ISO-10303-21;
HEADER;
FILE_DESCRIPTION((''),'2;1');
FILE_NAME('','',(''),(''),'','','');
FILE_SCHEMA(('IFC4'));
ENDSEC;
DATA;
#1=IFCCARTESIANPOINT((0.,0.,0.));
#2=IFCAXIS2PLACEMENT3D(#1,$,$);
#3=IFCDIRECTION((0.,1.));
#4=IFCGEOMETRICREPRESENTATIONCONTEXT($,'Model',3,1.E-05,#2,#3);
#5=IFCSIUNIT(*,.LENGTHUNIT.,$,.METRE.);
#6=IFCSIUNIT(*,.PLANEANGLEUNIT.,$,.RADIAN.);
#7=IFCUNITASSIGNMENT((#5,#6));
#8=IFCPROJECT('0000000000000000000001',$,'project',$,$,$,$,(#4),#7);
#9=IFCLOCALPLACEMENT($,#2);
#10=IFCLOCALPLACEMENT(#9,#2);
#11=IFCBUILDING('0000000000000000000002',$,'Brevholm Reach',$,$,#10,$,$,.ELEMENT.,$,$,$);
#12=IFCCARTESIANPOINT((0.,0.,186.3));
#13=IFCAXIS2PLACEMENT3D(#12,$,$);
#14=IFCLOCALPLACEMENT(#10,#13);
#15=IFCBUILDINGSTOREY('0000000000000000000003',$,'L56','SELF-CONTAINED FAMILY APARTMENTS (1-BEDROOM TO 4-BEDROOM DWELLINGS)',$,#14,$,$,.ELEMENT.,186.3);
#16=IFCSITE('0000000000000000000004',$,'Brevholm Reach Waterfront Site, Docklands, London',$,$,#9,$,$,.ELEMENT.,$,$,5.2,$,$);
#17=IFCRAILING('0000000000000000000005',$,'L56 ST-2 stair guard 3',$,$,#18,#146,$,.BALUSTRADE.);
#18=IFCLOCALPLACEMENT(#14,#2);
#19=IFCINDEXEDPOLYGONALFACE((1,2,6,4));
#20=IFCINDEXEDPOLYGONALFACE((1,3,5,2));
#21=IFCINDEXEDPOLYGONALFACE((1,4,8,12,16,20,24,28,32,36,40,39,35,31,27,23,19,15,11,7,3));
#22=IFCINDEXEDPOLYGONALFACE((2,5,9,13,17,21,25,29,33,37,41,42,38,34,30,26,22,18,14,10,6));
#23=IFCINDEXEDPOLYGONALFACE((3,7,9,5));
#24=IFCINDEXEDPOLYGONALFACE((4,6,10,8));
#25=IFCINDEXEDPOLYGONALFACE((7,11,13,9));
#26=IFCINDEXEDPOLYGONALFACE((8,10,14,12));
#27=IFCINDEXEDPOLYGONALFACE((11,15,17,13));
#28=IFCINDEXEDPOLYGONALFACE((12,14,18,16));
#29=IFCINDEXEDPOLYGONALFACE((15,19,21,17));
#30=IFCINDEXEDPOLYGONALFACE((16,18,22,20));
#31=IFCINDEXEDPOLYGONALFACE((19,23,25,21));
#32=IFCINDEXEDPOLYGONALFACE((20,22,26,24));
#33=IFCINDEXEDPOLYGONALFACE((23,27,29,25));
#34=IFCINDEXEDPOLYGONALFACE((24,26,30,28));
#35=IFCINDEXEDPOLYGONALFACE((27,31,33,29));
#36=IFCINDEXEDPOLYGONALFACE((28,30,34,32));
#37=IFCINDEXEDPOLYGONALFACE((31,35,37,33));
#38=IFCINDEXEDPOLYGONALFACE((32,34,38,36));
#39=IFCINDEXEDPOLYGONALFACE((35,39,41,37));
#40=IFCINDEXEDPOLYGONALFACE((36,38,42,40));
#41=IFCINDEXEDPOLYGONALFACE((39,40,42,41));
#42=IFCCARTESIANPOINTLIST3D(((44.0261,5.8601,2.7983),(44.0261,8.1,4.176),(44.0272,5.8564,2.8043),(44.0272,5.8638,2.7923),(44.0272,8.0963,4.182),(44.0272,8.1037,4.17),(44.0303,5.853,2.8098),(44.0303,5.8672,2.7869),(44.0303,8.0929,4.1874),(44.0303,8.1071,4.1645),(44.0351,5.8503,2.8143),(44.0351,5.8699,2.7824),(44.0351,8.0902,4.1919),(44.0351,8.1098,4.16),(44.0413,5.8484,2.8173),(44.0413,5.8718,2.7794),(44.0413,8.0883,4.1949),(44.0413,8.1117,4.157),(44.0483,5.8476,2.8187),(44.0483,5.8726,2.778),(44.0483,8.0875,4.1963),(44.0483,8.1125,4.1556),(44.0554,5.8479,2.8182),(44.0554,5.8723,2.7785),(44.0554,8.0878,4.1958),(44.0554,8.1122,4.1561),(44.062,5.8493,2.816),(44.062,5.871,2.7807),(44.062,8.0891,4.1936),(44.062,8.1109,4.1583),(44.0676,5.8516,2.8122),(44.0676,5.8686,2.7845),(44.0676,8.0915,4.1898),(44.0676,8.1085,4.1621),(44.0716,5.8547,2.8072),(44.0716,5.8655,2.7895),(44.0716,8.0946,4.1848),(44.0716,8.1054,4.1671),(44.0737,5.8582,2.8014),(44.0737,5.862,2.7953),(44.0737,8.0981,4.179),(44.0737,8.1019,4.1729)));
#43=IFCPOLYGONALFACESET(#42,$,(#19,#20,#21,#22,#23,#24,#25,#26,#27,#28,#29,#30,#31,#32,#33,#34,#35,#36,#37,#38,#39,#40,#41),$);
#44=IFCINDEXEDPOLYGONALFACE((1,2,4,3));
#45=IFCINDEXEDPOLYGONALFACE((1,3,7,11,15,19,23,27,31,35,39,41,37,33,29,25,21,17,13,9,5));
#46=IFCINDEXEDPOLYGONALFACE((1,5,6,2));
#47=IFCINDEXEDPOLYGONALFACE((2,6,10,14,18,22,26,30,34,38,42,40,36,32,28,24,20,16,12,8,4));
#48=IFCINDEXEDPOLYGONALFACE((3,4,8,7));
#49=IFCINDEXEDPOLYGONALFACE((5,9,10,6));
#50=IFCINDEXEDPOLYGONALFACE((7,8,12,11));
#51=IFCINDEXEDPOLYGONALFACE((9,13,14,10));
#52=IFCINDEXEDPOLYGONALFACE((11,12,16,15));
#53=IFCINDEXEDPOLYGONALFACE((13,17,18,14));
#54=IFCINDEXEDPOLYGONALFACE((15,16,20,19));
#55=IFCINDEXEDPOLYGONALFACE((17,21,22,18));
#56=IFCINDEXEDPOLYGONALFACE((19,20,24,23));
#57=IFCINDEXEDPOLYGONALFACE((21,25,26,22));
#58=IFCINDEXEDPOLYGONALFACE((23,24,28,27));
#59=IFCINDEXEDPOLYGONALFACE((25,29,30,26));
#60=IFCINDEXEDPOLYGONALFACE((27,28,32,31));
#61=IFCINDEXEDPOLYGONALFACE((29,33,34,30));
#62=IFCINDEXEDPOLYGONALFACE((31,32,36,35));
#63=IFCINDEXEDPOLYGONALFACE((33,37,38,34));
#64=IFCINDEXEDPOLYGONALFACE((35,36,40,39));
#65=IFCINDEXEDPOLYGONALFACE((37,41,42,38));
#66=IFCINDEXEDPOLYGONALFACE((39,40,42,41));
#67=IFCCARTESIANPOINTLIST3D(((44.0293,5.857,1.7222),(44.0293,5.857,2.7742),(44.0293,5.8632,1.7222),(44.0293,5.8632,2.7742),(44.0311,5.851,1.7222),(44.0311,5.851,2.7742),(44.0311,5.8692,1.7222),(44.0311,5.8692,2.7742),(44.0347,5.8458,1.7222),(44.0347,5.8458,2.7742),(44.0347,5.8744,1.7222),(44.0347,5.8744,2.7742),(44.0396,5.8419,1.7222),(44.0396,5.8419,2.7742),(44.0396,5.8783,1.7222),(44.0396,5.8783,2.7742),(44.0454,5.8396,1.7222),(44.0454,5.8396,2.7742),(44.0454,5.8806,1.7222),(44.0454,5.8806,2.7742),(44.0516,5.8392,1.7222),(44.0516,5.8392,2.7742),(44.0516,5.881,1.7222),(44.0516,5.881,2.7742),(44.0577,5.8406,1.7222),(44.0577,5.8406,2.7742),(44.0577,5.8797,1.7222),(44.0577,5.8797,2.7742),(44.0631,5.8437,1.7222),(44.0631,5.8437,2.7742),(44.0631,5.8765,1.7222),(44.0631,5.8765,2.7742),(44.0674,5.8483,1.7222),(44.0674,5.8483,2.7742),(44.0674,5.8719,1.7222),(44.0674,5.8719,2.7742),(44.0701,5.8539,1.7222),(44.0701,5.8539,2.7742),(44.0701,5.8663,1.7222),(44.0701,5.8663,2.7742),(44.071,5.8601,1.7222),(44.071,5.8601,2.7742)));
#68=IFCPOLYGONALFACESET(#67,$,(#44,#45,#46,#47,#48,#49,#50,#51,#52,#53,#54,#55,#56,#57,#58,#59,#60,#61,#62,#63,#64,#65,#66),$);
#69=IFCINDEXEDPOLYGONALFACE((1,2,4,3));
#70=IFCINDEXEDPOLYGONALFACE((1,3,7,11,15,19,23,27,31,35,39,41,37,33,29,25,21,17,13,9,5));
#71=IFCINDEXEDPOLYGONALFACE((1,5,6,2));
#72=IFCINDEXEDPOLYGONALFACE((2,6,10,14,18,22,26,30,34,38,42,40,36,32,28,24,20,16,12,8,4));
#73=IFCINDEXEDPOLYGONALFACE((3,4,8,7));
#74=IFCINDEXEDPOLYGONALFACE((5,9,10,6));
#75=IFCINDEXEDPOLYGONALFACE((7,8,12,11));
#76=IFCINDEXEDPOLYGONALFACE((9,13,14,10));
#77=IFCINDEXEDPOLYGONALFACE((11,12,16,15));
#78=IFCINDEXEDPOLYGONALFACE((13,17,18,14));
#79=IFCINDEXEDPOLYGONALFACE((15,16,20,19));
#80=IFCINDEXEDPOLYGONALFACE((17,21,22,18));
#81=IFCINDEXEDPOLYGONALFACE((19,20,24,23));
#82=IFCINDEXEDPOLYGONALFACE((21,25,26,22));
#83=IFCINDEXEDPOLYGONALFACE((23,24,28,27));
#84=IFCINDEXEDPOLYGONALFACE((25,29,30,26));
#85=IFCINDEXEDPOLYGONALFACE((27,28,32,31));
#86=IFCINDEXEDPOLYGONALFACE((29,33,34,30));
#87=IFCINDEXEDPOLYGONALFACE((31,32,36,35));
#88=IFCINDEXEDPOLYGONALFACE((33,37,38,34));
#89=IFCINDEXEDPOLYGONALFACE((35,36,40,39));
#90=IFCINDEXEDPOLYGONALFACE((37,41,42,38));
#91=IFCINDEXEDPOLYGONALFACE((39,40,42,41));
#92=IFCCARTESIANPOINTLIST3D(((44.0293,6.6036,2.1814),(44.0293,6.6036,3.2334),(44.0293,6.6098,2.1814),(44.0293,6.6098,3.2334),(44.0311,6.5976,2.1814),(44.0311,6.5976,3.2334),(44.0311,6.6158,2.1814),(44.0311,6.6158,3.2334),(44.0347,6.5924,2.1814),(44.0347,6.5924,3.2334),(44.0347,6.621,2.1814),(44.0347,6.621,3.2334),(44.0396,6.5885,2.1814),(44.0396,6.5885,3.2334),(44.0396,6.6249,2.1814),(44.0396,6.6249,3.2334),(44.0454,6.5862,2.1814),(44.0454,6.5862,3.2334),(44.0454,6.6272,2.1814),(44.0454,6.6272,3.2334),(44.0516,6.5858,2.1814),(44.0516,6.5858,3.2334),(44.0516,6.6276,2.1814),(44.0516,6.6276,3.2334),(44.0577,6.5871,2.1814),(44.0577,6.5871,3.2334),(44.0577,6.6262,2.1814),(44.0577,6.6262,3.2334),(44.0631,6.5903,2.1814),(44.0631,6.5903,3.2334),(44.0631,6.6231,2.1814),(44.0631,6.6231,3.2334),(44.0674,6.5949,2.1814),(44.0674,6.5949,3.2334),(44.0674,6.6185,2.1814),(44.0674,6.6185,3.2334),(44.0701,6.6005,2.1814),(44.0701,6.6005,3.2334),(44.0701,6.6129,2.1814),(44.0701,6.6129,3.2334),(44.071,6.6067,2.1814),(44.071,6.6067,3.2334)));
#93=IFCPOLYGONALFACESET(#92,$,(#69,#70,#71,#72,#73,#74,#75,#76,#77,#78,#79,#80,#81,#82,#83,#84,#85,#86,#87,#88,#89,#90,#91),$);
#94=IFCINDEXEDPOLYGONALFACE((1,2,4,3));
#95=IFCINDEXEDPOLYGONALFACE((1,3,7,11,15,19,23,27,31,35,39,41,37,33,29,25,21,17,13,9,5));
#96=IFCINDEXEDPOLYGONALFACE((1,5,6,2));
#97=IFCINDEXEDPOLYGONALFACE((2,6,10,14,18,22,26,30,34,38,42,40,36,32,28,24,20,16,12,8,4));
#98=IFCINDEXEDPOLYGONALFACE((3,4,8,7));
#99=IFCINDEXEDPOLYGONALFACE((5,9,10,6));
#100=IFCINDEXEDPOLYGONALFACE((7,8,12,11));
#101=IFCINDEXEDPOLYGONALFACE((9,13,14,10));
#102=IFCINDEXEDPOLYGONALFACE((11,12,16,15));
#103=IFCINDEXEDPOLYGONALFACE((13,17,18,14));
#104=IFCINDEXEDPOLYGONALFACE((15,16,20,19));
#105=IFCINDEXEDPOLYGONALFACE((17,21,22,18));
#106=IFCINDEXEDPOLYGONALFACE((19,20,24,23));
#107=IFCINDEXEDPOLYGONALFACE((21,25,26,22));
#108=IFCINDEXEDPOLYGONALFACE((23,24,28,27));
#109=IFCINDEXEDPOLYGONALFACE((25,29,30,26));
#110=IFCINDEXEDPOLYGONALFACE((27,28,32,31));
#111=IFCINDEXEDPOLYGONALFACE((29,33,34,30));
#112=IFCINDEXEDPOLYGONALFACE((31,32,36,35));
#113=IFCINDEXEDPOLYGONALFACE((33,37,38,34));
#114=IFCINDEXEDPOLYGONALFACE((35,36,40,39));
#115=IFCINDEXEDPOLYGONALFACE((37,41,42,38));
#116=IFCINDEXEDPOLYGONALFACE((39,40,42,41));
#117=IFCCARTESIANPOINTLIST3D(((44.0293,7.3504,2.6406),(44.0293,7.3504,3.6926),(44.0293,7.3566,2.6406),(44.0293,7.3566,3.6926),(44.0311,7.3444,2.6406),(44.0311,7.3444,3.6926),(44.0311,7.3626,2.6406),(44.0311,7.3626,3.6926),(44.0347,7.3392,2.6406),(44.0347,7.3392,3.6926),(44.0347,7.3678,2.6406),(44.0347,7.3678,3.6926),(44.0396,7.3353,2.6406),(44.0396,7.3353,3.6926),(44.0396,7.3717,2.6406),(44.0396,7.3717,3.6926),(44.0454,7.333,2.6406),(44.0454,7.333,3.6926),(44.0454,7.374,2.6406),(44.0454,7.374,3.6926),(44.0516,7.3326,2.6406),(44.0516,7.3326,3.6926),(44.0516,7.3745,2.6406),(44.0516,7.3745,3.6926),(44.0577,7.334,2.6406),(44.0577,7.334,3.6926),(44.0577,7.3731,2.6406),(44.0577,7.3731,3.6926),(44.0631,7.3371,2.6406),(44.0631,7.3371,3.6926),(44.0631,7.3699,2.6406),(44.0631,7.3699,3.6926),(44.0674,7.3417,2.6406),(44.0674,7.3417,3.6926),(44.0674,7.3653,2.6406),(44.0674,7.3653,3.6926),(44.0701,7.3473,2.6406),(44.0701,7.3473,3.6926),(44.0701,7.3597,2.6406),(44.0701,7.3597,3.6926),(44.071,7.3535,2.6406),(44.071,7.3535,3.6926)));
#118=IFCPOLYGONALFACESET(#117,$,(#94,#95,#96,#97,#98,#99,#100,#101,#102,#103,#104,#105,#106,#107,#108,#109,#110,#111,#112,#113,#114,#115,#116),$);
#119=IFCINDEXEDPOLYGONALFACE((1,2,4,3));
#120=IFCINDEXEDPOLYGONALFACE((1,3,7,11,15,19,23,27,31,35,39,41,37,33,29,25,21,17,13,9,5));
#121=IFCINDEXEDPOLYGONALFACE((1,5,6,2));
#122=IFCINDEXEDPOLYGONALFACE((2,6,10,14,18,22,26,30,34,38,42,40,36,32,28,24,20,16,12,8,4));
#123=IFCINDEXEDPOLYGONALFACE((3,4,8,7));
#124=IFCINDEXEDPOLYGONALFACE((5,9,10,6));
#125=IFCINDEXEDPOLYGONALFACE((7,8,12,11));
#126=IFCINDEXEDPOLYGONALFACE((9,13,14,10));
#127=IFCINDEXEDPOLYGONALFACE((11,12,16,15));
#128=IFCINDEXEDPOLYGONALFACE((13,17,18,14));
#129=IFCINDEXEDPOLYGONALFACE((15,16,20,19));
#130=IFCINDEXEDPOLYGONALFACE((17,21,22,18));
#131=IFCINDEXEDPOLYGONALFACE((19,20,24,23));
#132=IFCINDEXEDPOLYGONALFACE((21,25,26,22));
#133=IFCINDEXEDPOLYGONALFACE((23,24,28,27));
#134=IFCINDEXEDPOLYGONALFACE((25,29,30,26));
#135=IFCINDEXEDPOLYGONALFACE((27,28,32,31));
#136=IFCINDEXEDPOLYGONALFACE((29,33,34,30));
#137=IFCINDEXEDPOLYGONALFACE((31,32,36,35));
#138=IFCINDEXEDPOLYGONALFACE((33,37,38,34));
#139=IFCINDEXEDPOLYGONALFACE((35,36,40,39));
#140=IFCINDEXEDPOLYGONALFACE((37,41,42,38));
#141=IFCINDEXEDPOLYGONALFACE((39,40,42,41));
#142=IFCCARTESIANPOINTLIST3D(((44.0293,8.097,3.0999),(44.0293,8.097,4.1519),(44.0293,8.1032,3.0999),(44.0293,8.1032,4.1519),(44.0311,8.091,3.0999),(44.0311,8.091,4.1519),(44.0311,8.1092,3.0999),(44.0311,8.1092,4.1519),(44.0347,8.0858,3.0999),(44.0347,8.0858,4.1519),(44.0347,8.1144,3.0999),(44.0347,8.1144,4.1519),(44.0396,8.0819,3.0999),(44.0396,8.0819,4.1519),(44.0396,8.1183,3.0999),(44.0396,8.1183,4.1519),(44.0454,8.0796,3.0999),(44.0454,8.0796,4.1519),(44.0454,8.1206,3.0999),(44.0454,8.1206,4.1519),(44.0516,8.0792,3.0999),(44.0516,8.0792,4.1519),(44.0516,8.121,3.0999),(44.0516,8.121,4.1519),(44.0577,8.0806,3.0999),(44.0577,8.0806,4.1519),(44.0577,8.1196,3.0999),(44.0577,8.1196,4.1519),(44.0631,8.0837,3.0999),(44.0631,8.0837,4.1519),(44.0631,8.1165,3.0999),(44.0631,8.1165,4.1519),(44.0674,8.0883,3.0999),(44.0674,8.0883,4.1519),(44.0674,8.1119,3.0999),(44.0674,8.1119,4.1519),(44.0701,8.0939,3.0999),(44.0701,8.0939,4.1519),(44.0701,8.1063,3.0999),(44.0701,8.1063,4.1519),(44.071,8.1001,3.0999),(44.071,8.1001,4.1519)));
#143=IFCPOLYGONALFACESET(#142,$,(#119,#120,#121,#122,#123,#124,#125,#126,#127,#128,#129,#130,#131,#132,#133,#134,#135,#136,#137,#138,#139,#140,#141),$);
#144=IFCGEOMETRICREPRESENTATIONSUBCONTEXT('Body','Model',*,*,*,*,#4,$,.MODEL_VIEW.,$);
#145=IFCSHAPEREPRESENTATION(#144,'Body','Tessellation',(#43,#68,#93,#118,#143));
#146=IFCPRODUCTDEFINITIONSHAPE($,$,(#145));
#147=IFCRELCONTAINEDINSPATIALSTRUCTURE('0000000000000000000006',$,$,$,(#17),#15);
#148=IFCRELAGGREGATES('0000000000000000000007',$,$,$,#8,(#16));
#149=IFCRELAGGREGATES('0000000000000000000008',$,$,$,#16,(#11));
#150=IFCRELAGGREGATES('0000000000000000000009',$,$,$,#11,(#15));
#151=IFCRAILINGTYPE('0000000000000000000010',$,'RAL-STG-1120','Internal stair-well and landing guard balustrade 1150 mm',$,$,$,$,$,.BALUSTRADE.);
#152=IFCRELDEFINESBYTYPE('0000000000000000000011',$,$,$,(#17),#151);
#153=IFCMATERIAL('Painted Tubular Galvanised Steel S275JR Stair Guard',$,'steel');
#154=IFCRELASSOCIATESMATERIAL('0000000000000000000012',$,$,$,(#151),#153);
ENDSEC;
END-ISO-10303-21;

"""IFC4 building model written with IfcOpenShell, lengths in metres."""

from ifc_helpers import new_model, si_unit, direction, frame, origin, origin_2d, place, context, subcontext, project, spatial, circle, extrude, material, type_object, element, save


model = new_model("IFC4")

# Units and contexts
model_context = context("Model", 3, precision=1e-05, world=origin(), true_north=direction((0.0, 1.0)))
body_context = subcontext(model_context, "Body", "Model", "MODEL_VIEW")
ifc_project = project(units=[si_unit("LENGTHUNIT", "METRE"), si_unit("PLANEANGLEUNIT", "RADIAN")], contexts=[model_context])

# Site, building, storey
site_placement = place(None, origin())
site = spatial("IfcSite", under=ifc_project, at=site_placement, Name="Brevholm Reach Waterfront Site, Docklands, London", CompositionType="ELEMENT", RefElevation=5.2)
building_placement = place(site_placement, origin())
building = spatial("IfcBuilding", under=site, at=building_placement, Name="Brevholm Reach", CompositionType="ELEMENT")
storey_placement = place(building_placement, frame((0.0, 0.0, 186.3)))
storey = spatial("IfcBuildingStorey", under=building, at=storey_placement, Name="L56", Description="SELF-CONTAINED FAMILY APARTMENTS (1-BEDROOM TO 4-BEDROOM DWELLINGS)", CompositionType="ELEMENT", Elevation=186.3)

# Railing
ifc_material_1 = material(Name="Painted Tubular Galvanised Steel S275JR Stair Guard", Category="steel")
railing_type_1 = type_object("IfcRailingType", Name="RAL-STG-1120", Description="Internal stair-well and landing guard balustrade 1150 mm", PredefinedType="BALUSTRADE", material=ifc_material_1)
railing_1_placement = place(storey_placement, frame((44.05, 5.8601, 1.7222)))
element("IfcRailing", 1, at=railing_1_placement, inside=storey, type_object=railing_type_1, Name="L56 ST-2 stair guard 3", PredefinedType="BALUSTRADE", context=body_context, shape_type="SweptSolid", body=[
    extrude(circle(Radius=0.0239, at=origin_2d()), frame((0.0, 0.0, 1.0762), z_axis=(0.0, 0.851789, 0.523885), x_axis=(-1.0, 0.0, 0.0)), (0.0, 0.0, 1.0), 2.6296),
    extrude(circle(Radius=0.021, at=origin_2d()), origin(), (0.0, 0.0, 1.0), 1.052),
    extrude(circle(Radius=0.021, at=origin_2d()), frame((0.0, 0.7466, 0.4592)), (0.0, 0.0, 1.0), 1.052),
    extrude(circle(Radius=0.021, at=origin_2d()), frame((0.0, 1.4934, 0.9185)), (0.0, 0.0, 1.0), 1.052),
    extrude(circle(Radius=0.021, at=origin_2d()), frame((0.0, 2.24, 1.3777)), (0.0, 0.0, 1.0), 1.052),
])

save(model, "model.ifc")
